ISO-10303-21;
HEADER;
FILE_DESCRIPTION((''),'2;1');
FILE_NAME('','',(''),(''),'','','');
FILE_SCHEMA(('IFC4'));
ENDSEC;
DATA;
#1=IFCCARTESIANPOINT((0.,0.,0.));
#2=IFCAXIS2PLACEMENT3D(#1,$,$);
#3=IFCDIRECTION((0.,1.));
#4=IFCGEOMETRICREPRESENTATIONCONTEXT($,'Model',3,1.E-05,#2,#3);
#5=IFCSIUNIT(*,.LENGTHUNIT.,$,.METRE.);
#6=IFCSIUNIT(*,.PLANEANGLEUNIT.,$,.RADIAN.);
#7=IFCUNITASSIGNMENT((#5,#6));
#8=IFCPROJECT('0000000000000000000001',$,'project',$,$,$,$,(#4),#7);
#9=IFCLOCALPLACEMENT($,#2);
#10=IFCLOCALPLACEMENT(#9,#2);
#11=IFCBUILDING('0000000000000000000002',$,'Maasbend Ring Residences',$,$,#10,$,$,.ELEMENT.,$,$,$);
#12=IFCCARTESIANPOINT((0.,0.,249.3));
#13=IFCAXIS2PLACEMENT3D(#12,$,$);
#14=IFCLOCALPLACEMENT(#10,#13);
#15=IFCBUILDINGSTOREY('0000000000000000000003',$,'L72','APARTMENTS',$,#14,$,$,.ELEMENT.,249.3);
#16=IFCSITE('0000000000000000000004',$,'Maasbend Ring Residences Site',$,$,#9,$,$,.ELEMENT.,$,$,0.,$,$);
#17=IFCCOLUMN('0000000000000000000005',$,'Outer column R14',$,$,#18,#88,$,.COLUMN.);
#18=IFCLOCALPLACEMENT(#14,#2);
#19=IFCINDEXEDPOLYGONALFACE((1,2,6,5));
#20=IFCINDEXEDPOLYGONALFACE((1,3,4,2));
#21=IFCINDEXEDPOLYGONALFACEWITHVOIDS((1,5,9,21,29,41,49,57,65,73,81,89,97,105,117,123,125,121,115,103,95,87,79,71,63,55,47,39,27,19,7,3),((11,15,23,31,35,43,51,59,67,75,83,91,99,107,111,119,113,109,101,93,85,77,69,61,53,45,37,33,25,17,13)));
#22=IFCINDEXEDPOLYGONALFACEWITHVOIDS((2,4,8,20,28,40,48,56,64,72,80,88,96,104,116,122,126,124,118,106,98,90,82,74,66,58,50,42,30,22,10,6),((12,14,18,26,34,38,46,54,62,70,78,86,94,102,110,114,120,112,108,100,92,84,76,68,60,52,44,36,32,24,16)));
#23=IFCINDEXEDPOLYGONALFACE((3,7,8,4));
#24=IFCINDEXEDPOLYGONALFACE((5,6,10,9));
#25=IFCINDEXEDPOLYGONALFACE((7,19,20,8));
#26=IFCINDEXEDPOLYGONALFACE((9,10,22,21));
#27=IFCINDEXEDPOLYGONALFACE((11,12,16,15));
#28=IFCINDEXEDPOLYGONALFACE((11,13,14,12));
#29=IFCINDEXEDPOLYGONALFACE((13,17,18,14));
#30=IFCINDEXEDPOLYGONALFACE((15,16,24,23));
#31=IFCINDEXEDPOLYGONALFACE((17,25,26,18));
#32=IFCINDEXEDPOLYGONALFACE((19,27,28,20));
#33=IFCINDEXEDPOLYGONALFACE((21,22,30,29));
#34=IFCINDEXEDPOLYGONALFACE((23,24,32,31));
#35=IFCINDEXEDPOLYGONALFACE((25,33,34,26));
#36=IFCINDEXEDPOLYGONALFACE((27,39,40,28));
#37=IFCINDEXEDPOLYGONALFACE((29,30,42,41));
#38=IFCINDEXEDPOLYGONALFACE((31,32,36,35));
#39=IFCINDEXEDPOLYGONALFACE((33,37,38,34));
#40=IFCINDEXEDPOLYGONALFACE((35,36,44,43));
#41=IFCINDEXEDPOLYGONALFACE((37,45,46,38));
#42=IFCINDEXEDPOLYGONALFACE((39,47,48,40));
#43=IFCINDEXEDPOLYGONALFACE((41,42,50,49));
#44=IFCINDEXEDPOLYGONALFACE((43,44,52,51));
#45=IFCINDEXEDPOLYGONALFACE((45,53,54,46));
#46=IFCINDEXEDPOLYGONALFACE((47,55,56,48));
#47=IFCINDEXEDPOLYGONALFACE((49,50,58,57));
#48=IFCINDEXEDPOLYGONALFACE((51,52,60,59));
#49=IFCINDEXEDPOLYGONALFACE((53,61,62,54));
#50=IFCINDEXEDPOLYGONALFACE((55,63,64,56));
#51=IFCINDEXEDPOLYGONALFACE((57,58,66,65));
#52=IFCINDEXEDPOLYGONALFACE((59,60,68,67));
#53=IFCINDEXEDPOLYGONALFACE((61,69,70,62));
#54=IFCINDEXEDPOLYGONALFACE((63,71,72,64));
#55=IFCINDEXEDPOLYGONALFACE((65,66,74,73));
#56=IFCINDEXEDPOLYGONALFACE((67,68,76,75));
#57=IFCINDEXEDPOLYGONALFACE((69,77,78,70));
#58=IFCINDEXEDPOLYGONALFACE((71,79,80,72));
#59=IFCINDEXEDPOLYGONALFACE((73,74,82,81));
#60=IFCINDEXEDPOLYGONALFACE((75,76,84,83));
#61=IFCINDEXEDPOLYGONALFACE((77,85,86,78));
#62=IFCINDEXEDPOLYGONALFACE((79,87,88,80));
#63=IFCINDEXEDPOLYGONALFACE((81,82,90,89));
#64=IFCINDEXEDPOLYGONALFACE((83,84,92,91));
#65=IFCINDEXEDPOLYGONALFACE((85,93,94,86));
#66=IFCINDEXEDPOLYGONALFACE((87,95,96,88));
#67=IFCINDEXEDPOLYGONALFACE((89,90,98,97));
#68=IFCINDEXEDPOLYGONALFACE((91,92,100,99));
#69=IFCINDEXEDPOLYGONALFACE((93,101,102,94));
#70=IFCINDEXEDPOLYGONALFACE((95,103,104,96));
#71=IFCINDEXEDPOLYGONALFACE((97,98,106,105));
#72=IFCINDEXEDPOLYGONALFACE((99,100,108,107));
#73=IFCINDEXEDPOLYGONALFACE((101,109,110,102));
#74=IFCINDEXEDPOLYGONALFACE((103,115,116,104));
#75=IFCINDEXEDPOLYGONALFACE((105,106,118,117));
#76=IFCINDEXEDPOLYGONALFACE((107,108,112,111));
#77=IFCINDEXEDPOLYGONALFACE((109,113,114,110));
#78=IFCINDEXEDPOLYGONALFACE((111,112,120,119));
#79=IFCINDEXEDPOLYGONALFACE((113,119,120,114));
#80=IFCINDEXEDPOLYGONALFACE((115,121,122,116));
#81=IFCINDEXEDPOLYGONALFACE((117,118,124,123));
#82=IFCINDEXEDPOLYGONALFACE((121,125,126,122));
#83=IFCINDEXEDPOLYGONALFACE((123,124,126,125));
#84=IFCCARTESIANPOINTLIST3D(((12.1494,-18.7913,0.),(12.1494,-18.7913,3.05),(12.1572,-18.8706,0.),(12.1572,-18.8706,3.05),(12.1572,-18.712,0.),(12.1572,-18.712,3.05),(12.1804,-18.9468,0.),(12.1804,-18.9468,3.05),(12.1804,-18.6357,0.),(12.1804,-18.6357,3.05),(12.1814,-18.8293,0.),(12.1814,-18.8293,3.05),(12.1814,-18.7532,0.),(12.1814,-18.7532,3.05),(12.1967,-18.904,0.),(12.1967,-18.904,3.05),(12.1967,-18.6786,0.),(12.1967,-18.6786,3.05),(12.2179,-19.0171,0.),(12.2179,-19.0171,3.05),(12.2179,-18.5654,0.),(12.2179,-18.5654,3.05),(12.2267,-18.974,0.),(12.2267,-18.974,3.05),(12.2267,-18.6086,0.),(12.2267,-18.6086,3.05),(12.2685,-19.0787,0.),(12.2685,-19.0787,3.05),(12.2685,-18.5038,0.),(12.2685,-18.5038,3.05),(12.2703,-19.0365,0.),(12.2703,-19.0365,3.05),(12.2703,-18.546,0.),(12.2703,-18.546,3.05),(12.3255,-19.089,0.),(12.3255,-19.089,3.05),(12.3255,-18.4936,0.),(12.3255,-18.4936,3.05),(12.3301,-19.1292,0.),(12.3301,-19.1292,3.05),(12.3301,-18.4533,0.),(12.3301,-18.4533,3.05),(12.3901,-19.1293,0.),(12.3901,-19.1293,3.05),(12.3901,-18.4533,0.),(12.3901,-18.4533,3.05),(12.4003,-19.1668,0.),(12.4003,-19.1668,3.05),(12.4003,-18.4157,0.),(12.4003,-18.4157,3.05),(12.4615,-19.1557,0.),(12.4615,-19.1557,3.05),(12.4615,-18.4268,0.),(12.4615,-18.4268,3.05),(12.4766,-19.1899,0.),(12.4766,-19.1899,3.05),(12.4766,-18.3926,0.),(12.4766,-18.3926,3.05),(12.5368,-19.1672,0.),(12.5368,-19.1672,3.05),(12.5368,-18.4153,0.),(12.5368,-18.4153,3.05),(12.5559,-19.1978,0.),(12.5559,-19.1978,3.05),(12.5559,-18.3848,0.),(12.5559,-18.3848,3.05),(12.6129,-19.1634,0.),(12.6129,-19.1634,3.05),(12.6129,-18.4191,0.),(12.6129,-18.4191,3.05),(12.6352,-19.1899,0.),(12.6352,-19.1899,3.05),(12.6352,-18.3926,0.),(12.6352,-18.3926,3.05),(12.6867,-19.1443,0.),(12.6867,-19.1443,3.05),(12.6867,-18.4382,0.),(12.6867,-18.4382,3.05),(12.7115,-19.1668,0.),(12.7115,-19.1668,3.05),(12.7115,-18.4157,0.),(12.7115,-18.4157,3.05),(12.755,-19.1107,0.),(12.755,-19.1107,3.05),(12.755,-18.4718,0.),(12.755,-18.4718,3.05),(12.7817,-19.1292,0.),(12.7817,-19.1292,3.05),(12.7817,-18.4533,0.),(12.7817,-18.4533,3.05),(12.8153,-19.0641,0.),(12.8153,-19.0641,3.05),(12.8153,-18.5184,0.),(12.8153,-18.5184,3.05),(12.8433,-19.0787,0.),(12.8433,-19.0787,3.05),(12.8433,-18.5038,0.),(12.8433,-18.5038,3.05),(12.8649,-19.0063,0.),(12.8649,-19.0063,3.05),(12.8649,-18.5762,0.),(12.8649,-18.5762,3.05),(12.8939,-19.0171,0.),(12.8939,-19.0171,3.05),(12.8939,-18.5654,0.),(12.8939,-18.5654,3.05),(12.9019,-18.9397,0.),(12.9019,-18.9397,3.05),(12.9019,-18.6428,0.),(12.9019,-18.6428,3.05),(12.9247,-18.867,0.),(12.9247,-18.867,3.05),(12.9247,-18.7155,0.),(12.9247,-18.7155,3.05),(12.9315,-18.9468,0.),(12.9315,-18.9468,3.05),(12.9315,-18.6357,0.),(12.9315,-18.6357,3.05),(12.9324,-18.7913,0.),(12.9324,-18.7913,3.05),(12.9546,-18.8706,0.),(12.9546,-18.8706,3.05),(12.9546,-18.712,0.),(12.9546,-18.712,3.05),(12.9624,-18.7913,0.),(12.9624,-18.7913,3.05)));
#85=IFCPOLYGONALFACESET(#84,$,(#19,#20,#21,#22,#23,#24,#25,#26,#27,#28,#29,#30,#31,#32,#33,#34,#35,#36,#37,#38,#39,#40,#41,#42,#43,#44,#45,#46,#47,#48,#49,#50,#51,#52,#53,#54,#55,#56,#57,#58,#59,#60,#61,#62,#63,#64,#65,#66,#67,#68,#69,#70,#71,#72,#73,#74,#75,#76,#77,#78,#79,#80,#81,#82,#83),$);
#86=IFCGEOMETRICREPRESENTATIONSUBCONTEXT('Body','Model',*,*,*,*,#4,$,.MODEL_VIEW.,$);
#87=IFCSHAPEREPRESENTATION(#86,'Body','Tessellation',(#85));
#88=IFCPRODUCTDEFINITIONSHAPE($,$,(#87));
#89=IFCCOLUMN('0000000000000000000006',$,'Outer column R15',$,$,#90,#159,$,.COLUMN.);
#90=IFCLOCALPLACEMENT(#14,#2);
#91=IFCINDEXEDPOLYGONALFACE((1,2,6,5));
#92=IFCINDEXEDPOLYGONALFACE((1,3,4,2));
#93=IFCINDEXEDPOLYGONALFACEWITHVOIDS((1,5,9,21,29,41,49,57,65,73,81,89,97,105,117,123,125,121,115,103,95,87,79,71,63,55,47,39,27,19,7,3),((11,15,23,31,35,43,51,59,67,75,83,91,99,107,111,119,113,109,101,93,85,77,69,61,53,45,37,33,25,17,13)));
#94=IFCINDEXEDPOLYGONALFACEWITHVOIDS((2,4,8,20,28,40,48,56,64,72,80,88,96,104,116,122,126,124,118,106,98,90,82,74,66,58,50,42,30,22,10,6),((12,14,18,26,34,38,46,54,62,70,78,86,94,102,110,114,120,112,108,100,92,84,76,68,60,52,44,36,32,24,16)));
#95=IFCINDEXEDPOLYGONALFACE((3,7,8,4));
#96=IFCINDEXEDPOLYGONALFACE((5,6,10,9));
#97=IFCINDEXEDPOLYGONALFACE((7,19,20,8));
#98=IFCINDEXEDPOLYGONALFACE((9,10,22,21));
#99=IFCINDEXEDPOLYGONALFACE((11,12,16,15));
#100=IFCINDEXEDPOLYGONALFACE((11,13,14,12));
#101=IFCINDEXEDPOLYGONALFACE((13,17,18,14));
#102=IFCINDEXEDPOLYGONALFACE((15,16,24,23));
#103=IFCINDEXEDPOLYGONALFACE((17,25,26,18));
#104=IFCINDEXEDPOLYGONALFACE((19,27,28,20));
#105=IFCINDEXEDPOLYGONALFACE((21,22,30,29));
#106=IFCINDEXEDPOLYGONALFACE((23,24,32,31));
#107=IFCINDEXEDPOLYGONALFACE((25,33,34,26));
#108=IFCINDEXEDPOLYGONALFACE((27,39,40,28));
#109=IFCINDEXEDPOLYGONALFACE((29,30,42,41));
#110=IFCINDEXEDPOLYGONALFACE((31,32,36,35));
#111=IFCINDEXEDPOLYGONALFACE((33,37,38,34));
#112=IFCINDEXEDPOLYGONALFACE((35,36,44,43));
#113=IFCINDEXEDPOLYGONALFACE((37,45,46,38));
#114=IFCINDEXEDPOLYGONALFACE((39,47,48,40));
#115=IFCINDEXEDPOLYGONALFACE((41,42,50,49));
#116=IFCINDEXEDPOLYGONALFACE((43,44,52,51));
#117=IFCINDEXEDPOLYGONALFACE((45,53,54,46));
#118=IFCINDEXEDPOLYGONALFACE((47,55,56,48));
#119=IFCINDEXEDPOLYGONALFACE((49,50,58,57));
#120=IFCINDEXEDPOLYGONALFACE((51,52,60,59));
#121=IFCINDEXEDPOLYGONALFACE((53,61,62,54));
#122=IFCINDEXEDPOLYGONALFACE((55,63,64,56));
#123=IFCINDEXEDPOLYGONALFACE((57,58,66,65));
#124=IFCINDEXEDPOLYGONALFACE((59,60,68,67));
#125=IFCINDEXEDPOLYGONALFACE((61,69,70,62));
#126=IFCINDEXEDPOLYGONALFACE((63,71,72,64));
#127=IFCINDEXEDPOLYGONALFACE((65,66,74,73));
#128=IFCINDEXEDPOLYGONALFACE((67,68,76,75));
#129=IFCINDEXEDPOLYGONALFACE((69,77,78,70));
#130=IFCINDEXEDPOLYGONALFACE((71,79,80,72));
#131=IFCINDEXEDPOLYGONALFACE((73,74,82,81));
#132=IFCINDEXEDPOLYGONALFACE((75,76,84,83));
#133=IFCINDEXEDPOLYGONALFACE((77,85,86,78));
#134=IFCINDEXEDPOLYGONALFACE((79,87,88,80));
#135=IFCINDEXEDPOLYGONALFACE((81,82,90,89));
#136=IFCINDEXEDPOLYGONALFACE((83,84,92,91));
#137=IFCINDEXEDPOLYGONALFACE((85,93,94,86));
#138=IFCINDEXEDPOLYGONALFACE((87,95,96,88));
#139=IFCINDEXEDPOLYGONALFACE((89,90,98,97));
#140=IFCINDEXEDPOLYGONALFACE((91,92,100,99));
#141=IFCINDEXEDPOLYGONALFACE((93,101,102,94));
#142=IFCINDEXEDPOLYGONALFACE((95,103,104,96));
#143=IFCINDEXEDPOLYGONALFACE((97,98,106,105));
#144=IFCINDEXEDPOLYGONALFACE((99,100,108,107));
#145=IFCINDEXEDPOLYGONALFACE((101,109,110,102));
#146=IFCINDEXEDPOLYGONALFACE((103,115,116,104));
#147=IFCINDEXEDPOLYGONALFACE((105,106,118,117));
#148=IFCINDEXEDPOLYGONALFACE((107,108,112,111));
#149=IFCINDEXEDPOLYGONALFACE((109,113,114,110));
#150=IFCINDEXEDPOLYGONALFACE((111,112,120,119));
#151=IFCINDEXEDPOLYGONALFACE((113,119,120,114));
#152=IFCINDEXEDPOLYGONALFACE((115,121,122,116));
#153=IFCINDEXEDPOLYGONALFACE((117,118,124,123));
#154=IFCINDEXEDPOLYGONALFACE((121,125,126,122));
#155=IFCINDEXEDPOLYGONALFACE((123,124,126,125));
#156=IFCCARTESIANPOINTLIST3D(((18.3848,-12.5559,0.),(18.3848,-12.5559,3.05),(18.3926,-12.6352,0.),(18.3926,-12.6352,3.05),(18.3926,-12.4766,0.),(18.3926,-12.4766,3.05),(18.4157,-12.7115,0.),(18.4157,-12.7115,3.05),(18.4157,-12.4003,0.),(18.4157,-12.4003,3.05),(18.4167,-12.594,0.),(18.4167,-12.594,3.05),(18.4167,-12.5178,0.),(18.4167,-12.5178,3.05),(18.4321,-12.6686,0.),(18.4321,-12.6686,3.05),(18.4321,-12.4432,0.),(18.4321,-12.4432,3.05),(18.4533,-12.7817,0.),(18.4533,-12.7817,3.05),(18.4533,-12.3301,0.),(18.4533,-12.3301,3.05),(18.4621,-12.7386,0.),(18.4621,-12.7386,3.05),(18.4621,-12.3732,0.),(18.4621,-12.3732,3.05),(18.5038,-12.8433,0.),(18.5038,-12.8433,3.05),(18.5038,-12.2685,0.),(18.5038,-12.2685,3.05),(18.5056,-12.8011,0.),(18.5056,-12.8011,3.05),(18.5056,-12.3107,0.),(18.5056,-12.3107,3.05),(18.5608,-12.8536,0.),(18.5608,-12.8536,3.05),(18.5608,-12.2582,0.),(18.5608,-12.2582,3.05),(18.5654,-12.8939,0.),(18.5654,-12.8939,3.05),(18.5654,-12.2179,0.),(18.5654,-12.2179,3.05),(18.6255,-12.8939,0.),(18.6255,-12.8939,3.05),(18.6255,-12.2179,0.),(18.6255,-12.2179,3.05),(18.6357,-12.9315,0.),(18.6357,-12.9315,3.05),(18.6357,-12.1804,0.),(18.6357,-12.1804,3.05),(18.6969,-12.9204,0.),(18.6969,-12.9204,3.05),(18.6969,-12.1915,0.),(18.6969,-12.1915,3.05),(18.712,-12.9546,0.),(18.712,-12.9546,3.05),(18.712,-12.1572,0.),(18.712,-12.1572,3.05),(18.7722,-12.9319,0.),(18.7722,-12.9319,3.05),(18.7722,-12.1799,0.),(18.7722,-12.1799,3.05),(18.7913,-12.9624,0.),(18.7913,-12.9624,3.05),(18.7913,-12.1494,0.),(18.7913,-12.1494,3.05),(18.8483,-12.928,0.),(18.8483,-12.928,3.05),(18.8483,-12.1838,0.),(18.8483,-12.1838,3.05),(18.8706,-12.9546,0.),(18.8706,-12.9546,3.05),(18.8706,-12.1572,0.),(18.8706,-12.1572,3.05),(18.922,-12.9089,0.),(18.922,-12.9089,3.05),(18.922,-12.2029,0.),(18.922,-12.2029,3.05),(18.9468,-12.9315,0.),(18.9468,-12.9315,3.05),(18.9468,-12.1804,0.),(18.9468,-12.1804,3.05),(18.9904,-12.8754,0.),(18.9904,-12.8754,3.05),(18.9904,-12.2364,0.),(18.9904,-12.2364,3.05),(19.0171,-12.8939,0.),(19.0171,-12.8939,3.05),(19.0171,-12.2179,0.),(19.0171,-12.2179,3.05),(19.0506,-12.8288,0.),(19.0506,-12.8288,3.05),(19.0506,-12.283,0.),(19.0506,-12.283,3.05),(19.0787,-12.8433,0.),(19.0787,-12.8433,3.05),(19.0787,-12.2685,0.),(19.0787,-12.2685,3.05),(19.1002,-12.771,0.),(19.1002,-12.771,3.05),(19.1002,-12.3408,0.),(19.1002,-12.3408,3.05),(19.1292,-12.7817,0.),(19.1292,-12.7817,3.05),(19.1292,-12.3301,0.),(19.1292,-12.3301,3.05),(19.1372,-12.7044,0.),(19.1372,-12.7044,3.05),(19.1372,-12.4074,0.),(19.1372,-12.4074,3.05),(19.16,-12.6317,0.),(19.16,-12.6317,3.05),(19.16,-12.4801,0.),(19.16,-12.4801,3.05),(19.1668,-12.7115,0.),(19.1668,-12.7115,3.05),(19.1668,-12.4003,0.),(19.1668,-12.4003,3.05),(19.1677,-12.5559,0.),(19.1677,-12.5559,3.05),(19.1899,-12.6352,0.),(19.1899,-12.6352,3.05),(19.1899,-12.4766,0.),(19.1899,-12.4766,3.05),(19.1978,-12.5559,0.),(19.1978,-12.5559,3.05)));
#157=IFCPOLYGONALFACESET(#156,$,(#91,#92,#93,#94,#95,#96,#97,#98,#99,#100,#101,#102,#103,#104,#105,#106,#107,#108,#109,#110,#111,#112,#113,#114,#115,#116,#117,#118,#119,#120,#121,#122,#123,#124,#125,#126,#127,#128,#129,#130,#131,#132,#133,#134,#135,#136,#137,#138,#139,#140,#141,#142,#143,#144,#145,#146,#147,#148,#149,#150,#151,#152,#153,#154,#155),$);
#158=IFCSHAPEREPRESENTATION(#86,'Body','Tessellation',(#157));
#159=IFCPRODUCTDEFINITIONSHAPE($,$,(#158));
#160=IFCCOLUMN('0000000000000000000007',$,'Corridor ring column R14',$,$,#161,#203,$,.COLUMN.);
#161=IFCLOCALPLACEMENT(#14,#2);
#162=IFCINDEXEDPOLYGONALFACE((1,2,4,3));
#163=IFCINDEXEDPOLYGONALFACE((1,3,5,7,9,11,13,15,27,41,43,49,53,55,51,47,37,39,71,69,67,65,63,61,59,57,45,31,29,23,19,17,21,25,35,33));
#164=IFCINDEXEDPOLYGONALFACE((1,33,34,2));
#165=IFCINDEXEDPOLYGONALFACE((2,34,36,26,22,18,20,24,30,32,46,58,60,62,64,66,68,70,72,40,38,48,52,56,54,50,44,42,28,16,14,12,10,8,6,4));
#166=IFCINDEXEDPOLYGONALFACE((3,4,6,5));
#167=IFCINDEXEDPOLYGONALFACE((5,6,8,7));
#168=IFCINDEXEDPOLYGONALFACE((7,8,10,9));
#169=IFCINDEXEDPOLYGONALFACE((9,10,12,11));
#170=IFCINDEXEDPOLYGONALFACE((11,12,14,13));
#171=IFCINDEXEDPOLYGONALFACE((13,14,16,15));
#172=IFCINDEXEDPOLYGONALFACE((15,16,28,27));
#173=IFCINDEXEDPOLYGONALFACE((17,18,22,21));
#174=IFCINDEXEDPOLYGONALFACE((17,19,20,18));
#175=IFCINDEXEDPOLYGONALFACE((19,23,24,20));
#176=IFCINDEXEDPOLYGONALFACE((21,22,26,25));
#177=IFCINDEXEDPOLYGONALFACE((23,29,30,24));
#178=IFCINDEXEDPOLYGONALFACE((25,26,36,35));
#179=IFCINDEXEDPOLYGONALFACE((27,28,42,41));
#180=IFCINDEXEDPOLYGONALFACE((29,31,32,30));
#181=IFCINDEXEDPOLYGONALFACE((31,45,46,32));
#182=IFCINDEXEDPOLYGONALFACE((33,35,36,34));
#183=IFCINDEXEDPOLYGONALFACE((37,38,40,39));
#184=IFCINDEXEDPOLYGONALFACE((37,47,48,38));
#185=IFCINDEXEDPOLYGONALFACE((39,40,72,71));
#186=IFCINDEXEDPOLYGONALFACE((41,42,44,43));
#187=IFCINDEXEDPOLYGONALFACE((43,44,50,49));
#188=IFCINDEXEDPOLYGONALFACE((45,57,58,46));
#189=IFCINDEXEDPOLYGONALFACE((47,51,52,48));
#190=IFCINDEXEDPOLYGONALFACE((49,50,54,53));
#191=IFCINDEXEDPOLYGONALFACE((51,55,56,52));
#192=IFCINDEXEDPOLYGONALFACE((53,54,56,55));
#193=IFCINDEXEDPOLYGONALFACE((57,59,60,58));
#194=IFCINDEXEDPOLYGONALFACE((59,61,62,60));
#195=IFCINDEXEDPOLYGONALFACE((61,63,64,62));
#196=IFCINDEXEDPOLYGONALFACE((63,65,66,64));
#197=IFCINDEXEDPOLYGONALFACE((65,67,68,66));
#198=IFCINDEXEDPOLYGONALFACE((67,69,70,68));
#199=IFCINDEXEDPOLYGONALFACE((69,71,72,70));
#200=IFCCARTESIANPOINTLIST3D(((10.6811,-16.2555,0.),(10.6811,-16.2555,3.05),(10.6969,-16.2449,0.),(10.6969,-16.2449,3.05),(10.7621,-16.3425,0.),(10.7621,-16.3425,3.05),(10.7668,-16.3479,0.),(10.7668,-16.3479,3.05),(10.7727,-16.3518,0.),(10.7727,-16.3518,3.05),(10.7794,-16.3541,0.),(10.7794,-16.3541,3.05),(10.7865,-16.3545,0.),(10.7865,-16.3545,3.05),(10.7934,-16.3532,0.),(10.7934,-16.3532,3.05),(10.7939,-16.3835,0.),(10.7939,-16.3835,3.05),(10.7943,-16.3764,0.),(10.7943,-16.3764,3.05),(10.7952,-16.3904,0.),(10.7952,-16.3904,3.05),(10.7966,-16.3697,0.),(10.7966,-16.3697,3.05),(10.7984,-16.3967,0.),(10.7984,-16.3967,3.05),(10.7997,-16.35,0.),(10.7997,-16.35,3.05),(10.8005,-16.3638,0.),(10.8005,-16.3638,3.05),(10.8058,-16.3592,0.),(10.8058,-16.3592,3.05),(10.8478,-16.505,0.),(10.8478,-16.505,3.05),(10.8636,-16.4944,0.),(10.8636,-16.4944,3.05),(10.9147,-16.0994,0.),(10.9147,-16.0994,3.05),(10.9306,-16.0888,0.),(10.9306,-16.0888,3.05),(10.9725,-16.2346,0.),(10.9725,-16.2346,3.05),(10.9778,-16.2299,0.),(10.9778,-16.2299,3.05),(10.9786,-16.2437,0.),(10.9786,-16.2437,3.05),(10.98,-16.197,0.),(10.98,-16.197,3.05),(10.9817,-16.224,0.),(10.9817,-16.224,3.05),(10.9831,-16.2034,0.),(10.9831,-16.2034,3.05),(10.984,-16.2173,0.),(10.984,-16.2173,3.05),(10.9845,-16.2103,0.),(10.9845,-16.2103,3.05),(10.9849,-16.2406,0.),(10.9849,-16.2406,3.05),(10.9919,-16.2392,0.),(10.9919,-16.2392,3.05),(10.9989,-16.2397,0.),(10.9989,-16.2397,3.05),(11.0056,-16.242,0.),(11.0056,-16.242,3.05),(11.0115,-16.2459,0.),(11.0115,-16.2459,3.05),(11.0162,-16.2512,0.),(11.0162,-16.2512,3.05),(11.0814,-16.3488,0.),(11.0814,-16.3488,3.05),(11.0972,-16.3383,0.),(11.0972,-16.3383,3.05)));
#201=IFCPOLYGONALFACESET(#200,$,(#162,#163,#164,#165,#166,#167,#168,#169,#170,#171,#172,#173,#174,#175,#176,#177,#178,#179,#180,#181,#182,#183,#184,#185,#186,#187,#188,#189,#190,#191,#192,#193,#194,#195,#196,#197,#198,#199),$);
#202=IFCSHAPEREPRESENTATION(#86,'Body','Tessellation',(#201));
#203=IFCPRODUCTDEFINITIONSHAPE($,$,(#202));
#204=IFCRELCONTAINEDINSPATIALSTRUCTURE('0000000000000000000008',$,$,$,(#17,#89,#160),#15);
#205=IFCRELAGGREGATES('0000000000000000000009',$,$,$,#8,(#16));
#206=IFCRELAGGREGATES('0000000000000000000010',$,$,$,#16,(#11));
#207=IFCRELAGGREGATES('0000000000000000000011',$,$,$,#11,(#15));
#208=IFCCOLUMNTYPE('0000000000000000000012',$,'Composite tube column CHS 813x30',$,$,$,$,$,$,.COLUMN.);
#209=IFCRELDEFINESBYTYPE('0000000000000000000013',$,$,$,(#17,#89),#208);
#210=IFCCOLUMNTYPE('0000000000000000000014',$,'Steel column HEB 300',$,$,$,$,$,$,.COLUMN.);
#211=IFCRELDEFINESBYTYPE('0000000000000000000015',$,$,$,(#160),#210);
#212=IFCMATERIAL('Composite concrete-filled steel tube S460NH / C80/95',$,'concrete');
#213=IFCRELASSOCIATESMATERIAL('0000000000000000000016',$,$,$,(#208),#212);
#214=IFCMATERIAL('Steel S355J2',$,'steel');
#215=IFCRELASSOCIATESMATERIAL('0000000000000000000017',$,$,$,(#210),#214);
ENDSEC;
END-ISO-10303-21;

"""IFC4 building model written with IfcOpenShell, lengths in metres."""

from ifc_helpers import new_model, si_unit, direction, frame, origin, origin_2d, place, context, subcontext, project, spatial, hollow_circle, i_section, extrude, material, material_profile, profile_set, type_object, element, save


model = new_model("IFC4")

# Units and contexts
model_context = context("Model", 3, precision=1e-05, world=origin(), true_north=direction((0.0, 1.0)))
body_context = subcontext(model_context, "Body", "Model", "MODEL_VIEW")
ifc_project = project(units=[si_unit("LENGTHUNIT", "METRE"), si_unit("PLANEANGLEUNIT", "RADIAN")], contexts=[model_context])

# Site, building, storey
site_placement = place(None, origin())
site = spatial("IfcSite", under=ifc_project, at=site_placement, Name="Maasbend Ring Residences Site", CompositionType="ELEMENT", RefElevation=0.0)
building_placement = place(site_placement, origin())
building = spatial("IfcBuilding", under=site, at=building_placement, Name="Maasbend Ring Residences", CompositionType="ELEMENT")
storey_placement = place(building_placement, frame((0.0, 0.0, 249.3)))
storey = spatial("IfcBuildingStorey", under=building, at=storey_placement, Name="L72", Description="APARTMENTS", CompositionType="ELEMENT", Elevation=249.3)

# Columns
ifc_material_1 = material(Name="Composite concrete-filled steel tube S460NH / C80/95", Category="concrete")
ifc_material_profile_1 = material_profile(ifc_material_1, hollow_circle(Radius=0.4065, WallThickness=0.03, at=origin_2d()), Name="Composite tube column CHS 813x30")
ifc_profile_set_1 = profile_set([ifc_material_profile_1], Name="Composite concrete-filled steel tube S460NH / C80/95")
column_type_1 = type_object("IfcColumnType", Name="Composite tube column CHS 813x30", PredefinedType="COLUMN", material=ifc_profile_set_1)
for number, where, z_axis, x_axis, name in (
    (1, (12.5559, -18.7913, 0.0), (0.0, 0.0, 1.0), (1.0, 0.0, 0.0), "Outer column R14"),
    (2, (18.7913, -12.5559, 0.0), (0.0, 0.0, 1.0), (1.0, 0.0, 0.0), "Outer column R15"),
):
    element("IfcColumn", number, at=place(storey_placement, frame(where, z_axis=z_axis, x_axis=x_axis)), inside=storey, type_object=column_type_1, Name=name, PredefinedType="COLUMN", context=body_context, shape_type="SweptSolid", body=[
        extrude(hollow_circle(Radius=0.4065, WallThickness=0.03, at=origin_2d()), origin(), (0.0, 0.0, 1.0), 3.05),
    ])
ifc_material_2 = material(Name="Steel S355J2", Category="steel")
ifc_material_profile_2 = material_profile(ifc_material_2, i_section(OverallWidth=0.3, OverallDepth=0.3, WebThickness=0.011, FlangeThickness=0.019, FilletRadius=0.0271, at=origin_2d()), Name="HEB 300")
ifc_profile_set_2 = profile_set([ifc_material_profile_2], Name="Steel S355J2")
column_type_2 = type_object("IfcColumnType", Name="Steel column HEB 300", PredefinedType="COLUMN", material=ifc_profile_set_2)
for number, where, z_axis, x_axis, name in (
    (3, (10.8892, -16.2969, 0.0), (0.0, 0.0, 1.0), (0.55557, -0.83147, 0.0), "Corridor ring column R14"),
):
    element("IfcColumn", number, at=place(storey_placement, frame(where, z_axis=z_axis, x_axis=x_axis)), inside=storey, type_object=column_type_2, Name=name, PredefinedType="COLUMN", context=body_context, shape_type="SweptSolid", body=[
        extrude(i_section(OverallWidth=0.3, OverallDepth=0.3, WebThickness=0.011, FlangeThickness=0.019, FilletRadius=0.0271, at=origin_2d()), origin(), (0.0, 0.0, 1.0), 3.05),
    ])

save(model, "model.ifc")
